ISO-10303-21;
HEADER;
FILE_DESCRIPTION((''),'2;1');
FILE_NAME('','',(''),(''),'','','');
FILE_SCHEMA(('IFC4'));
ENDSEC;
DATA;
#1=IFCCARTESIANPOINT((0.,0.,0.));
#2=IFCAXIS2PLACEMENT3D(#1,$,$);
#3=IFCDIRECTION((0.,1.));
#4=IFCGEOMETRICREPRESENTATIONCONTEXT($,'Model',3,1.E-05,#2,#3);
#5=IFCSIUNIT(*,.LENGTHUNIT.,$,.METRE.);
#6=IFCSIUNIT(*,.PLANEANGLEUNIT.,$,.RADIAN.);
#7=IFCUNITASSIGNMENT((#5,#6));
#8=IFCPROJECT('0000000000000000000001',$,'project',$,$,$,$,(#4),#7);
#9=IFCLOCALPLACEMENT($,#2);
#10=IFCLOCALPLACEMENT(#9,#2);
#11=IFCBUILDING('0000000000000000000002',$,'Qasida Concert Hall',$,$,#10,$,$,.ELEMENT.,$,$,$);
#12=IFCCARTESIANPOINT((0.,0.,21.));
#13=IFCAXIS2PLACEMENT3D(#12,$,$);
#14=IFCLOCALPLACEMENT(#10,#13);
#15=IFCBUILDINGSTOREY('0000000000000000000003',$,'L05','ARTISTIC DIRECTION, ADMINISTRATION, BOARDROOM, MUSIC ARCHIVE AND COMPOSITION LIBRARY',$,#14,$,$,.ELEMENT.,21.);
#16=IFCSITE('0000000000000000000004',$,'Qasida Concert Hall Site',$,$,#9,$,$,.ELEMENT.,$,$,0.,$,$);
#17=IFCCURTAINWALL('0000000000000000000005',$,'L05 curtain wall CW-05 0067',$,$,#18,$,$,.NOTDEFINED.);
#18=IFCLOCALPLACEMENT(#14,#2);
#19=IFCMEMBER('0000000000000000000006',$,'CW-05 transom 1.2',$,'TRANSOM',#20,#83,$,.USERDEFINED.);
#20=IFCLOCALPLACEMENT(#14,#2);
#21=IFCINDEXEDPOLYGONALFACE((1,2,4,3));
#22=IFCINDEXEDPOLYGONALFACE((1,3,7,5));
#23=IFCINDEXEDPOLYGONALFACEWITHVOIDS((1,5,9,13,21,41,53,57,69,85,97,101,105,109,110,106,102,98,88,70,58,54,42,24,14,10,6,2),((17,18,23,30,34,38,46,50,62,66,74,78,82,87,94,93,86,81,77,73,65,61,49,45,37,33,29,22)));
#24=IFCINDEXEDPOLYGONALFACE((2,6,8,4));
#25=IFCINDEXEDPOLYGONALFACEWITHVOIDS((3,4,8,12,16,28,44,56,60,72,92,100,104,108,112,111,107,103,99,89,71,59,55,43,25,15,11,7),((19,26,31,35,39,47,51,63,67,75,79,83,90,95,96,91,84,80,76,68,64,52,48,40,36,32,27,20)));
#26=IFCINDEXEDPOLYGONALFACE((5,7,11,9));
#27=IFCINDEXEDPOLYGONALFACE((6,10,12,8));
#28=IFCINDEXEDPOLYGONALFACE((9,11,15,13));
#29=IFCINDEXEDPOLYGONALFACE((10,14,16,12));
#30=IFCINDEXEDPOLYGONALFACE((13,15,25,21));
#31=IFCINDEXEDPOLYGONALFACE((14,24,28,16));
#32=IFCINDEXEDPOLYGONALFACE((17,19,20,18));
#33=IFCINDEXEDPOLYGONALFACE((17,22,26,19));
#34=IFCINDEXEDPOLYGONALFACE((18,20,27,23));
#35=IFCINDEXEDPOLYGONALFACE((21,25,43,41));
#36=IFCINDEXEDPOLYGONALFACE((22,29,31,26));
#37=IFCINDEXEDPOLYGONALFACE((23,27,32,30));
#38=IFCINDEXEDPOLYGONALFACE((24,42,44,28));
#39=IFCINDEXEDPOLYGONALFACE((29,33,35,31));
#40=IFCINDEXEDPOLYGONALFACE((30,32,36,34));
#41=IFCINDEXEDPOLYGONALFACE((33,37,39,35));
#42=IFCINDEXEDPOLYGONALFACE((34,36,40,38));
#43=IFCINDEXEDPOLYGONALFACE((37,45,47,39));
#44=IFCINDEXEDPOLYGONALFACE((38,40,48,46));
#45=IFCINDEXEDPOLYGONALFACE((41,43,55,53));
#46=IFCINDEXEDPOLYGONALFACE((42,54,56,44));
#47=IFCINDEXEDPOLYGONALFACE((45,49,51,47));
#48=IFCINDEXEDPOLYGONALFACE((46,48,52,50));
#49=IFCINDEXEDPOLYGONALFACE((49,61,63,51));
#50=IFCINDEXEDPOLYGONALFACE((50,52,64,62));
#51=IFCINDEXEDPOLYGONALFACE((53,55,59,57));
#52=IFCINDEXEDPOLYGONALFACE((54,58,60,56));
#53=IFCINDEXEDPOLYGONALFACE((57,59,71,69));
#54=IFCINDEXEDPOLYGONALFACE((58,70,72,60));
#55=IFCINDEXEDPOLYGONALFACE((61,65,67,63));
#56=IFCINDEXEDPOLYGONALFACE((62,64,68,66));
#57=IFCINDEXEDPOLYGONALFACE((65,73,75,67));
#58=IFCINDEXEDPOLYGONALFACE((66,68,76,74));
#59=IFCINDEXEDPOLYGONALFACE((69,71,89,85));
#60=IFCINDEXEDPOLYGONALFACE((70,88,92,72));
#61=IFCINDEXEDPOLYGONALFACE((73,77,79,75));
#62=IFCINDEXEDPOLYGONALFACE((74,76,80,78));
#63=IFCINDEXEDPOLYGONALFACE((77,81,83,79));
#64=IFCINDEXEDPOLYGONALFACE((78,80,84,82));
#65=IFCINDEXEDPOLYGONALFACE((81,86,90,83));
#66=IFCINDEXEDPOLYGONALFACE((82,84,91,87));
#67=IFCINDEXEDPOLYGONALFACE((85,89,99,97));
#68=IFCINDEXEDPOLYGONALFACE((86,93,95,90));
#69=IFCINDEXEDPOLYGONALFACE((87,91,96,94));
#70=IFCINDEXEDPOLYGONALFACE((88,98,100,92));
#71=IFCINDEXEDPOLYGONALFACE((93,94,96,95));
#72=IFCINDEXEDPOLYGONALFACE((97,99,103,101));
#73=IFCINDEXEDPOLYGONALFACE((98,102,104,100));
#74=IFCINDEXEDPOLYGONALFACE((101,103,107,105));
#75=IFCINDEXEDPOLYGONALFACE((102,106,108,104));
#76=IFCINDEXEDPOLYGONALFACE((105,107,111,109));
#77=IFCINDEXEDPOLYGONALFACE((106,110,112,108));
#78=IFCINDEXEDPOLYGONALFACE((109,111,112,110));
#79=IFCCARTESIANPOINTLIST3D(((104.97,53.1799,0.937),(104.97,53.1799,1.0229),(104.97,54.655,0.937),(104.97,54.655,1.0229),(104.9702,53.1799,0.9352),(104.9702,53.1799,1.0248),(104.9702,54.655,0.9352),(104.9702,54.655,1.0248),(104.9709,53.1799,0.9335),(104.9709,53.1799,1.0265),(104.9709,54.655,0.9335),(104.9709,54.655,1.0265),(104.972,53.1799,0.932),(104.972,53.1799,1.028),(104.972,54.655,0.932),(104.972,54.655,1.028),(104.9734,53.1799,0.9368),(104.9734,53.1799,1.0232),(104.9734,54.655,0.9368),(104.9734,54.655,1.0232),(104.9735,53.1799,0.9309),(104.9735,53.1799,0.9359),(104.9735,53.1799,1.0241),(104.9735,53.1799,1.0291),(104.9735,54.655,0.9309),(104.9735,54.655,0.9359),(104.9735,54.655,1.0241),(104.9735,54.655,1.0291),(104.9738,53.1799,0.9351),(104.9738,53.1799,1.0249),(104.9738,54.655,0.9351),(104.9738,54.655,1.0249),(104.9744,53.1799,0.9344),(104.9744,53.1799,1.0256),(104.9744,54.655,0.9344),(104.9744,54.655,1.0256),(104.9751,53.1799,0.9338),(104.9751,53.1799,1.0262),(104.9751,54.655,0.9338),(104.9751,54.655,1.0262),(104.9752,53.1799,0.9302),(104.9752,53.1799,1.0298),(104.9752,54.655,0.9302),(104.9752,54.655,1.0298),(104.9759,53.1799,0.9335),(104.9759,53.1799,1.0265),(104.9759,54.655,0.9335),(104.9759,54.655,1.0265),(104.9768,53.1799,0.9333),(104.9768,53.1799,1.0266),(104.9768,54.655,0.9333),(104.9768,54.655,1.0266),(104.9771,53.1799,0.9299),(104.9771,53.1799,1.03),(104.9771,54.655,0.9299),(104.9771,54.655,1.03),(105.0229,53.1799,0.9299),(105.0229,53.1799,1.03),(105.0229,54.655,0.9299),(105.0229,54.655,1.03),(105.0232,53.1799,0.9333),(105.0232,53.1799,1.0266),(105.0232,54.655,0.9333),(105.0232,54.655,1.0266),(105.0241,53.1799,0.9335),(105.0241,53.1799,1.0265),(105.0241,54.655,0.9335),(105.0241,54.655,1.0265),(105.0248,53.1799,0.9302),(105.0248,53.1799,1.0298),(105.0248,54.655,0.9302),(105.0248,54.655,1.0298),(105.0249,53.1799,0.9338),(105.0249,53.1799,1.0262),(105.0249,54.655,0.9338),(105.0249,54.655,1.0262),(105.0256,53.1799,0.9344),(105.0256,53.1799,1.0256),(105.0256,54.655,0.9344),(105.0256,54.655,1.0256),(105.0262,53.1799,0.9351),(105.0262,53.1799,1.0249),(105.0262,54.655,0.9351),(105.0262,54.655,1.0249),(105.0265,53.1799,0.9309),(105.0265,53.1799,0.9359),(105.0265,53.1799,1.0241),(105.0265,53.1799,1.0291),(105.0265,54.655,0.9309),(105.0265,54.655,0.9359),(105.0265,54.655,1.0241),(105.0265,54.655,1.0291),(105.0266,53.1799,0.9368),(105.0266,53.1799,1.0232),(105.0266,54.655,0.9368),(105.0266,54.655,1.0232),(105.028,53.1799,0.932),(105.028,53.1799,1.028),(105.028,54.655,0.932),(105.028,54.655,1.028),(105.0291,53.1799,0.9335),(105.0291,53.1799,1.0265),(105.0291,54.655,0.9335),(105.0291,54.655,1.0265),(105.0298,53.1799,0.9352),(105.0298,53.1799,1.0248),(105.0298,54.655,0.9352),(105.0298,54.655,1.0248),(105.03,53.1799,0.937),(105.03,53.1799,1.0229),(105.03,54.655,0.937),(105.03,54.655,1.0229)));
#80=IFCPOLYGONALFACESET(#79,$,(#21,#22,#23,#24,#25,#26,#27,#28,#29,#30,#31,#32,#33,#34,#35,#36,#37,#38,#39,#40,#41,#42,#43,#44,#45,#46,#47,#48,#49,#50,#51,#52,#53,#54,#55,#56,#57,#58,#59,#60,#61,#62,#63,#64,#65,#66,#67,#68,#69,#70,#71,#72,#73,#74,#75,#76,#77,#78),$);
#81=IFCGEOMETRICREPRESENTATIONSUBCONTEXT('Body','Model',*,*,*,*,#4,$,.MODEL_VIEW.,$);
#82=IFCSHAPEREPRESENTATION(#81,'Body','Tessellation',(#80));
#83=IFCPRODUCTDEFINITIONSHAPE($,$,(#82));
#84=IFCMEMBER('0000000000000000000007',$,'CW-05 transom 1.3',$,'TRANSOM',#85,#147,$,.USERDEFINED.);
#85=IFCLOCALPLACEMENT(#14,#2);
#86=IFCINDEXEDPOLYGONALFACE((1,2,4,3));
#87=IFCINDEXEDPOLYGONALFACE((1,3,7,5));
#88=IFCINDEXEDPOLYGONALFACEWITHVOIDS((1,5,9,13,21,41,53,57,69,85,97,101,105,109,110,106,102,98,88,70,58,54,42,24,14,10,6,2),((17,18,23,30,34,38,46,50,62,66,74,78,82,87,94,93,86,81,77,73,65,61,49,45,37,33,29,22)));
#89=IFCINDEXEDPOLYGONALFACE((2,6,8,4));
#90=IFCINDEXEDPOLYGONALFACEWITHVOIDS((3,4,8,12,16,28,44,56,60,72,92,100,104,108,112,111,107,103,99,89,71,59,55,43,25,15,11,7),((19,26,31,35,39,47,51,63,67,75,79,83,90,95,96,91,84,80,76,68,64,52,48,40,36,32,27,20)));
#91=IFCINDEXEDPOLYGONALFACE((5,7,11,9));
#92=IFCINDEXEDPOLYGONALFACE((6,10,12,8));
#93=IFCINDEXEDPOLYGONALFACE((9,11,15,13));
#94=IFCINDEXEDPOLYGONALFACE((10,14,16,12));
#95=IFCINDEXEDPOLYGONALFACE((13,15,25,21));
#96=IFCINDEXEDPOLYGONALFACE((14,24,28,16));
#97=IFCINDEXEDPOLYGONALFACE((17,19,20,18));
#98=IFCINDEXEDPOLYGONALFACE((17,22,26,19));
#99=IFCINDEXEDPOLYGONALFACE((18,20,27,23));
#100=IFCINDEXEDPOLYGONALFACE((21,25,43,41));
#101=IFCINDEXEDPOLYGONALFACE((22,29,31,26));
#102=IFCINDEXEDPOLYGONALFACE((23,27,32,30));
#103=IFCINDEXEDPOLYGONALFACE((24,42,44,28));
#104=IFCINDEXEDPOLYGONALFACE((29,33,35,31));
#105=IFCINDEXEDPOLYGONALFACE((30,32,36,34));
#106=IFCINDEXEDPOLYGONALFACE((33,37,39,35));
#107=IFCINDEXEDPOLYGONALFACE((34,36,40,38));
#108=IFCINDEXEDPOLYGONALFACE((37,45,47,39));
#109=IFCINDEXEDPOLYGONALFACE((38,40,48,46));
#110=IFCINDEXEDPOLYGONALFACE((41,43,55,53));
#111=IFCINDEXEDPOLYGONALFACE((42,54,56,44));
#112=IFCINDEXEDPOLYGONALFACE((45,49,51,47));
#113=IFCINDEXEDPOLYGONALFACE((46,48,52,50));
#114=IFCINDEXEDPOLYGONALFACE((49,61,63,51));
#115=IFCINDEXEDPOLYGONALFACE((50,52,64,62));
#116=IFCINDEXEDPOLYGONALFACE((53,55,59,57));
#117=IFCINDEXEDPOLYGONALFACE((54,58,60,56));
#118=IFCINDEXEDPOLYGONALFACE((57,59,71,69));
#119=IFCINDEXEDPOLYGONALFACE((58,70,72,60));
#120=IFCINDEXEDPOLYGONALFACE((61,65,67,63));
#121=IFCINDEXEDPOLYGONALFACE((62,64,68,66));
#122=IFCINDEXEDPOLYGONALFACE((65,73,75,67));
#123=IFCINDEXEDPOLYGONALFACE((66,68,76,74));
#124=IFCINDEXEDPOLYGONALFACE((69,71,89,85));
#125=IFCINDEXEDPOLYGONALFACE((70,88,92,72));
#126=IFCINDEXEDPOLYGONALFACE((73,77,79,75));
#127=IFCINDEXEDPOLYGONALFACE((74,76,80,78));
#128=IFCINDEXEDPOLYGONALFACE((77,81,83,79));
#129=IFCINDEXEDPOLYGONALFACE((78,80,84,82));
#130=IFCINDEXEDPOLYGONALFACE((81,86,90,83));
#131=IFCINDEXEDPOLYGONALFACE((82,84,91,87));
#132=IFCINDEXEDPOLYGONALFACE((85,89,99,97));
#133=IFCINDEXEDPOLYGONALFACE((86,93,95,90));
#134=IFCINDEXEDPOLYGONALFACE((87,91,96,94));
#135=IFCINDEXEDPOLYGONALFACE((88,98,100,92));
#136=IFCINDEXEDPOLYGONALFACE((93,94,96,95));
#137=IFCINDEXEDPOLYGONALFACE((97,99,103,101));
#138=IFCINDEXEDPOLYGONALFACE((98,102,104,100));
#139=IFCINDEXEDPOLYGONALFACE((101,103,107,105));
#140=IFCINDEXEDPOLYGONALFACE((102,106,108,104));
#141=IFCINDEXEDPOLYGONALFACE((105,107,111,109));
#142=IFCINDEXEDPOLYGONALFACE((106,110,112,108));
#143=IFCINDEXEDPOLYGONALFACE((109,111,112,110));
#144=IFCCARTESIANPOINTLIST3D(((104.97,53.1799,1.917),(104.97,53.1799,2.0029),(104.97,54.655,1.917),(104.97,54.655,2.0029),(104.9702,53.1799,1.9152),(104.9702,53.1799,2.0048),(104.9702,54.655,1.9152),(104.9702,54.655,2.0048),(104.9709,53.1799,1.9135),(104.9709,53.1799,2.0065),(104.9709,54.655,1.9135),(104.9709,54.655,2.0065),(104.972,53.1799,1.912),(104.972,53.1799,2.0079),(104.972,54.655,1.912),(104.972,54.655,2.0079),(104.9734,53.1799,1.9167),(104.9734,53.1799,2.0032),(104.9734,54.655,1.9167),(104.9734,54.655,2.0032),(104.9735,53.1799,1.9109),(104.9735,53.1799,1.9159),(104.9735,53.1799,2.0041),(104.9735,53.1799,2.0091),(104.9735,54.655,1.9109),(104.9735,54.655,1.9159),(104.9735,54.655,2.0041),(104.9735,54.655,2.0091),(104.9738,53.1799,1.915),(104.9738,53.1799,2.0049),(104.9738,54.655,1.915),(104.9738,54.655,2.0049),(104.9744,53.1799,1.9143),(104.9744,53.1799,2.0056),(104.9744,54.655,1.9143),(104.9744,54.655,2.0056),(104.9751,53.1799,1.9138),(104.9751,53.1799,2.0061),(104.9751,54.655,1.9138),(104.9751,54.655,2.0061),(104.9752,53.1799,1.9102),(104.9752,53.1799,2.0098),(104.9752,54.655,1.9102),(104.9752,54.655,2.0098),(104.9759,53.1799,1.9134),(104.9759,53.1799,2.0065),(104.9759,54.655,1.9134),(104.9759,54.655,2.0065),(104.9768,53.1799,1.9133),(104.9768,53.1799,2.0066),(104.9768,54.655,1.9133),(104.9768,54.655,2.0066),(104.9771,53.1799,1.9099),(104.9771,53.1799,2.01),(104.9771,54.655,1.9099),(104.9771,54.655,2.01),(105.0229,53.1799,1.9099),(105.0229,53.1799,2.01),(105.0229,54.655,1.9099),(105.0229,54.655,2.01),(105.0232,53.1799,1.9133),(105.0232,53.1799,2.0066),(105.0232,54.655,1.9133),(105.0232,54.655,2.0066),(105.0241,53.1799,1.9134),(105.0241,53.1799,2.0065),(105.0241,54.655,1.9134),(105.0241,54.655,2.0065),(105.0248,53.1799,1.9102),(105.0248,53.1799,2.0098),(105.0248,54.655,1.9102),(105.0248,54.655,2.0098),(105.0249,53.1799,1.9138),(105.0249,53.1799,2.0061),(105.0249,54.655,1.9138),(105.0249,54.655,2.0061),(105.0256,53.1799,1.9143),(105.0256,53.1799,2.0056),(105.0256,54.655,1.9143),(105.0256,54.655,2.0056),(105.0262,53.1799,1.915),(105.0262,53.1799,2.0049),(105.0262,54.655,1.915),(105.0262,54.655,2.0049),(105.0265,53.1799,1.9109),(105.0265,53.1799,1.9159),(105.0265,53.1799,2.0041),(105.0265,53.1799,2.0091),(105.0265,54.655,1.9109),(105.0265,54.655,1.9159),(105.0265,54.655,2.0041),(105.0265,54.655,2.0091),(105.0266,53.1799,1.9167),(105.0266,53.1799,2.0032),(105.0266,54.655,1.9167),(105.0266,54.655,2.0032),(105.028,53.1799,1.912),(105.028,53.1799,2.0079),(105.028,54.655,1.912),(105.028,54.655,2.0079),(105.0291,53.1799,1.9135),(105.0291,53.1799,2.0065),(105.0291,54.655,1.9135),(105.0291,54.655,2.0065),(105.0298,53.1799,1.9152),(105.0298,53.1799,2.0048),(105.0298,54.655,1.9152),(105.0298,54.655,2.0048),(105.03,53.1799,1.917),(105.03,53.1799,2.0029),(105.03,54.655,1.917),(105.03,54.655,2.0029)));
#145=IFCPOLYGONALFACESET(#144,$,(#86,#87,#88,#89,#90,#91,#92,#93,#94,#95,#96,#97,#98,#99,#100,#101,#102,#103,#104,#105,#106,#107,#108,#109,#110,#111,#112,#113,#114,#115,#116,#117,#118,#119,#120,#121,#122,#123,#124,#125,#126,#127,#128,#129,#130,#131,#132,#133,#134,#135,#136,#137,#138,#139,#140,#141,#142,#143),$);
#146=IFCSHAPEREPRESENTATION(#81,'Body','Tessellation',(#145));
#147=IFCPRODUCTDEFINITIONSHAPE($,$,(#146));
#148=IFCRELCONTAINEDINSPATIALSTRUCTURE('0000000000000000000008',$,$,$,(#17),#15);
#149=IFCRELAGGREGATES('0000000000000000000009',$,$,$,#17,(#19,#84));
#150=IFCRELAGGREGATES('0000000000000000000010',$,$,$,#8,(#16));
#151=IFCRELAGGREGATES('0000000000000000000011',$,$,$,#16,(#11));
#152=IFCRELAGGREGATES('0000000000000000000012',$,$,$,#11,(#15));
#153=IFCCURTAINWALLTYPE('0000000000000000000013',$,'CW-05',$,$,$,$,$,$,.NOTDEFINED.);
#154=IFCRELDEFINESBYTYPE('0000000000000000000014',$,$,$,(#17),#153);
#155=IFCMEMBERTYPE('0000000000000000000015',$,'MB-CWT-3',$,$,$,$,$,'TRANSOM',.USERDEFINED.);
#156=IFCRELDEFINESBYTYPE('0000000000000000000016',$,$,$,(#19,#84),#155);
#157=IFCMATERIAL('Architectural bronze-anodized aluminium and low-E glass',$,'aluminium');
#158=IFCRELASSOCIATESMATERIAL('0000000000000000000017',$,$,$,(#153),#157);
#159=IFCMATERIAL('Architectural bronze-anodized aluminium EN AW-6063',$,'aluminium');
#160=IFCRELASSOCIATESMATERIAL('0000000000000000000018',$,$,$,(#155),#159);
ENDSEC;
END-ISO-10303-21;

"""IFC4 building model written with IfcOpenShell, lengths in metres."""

from ifc_helpers import new_model, si_unit, direction, frame, origin, origin_2d, place, context, subcontext, project, spatial, hollow_rectangle, extrude, material, material_profile, profile_set, type_object, element, aggregate, save


model = new_model("IFC4")

# Units and contexts
model_context = context("Model", 3, precision=1e-05, world=origin(), true_north=direction((0.0, 1.0)))
body_context = subcontext(model_context, "Body", "Model", "MODEL_VIEW")
ifc_project = project(units=[si_unit("LENGTHUNIT", "METRE"), si_unit("PLANEANGLEUNIT", "RADIAN")], contexts=[model_context])

# Site, building, storey
site_placement = place(None, origin())
site = spatial("IfcSite", under=ifc_project, at=site_placement, Name="Qasida Concert Hall Site", CompositionType="ELEMENT", RefElevation=0.0)
building_placement = place(site_placement, origin())
building = spatial("IfcBuilding", under=site, at=building_placement, Name="Qasida Concert Hall", CompositionType="ELEMENT")
storey_placement = place(building_placement, frame((0.0, 0.0, 21.0)))
storey = spatial("IfcBuildingStorey", under=building, at=storey_placement, Name="L05", Description="ARTISTIC DIRECTION, ADMINISTRATION, BOARDROOM, MUSIC ARCHIVE AND COMPOSITION LIBRARY", CompositionType="ELEMENT", Elevation=21.0)

# Curtain wall, members
ifc_material_1 = material(Name="Architectural bronze-anodized aluminium and low-E glass", Category="aluminium")
curtain_wall_type = type_object("IfcCurtainWallType", Name="CW-05", PredefinedType="NOTDEFINED", material=ifc_material_1)
curtain_wall_placement = place(storey_placement, origin())
curtain_wall = element("IfcCurtainWall", 1, at=curtain_wall_placement, inside=storey, type_object=curtain_wall_type, Name="L05 curtain wall CW-05 0067", PredefinedType="NOTDEFINED")
ifc_material_2 = material(Name="Architectural bronze-anodized aluminium EN AW-6063", Category="aluminium")
ifc_material_profile_1 = material_profile(ifc_material_2, hollow_rectangle(XDim=0.0601, YDim=0.1001, WallThickness=0.0034, InnerFilletRadius=0.0034, OuterFilletRadius=0.0071, at=origin_2d()), Name="CWT 100x60x3.5")
ifc_profile_set_1 = profile_set([ifc_material_profile_1], Name="Architectural bronze-anodized aluminium EN AW-6063")
member_type_1 = type_object("IfcMemberType", Name="MB-CWT-3", ElementType="TRANSOM", PredefinedType="USERDEFINED", material=ifc_profile_set_1)
member_1_placement = place(storey_placement, frame((105.0, 53.1799, 0.98), z_axis=(0.0, 1.0, 0.0), x_axis=(-1.0, 0.0, 0.0)))
member_1 = element("IfcMember", 2, at=member_1_placement, type_object=member_type_1, Name="CW-05 transom 1.2", ObjectType="TRANSOM", PredefinedType="USERDEFINED", context=body_context, shape_type="SweptSolid", body=[
    extrude(hollow_rectangle(XDim=0.0601, YDim=0.1001, WallThickness=0.0034, InnerFilletRadius=0.0034, OuterFilletRadius=0.0071, at=origin_2d()), origin(), (0.0, 0.0, 1.0), 1.4751),
])
member_2_placement = place(storey_placement, frame((105.0, 53.1799, 1.96), z_axis=(0.0, 1.0, 0.0), x_axis=(-1.0, 0.0, 0.0)))
member_2 = element("IfcMember", 3, at=member_2_placement, type_object=member_type_1, Name="CW-05 transom 1.3", ObjectType="TRANSOM", PredefinedType="USERDEFINED", context=body_context, shape_type="SweptSolid", body=[
    extrude(hollow_rectangle(XDim=0.0601, YDim=0.1001, WallThickness=0.0034, InnerFilletRadius=0.0034, OuterFilletRadius=0.0071, at=origin_2d()), origin(), (0.0, 0.0, 1.0), 1.4751),
])
aggregate(curtain_wall, [member_1, member_2])

save(model, "model.ifc")
